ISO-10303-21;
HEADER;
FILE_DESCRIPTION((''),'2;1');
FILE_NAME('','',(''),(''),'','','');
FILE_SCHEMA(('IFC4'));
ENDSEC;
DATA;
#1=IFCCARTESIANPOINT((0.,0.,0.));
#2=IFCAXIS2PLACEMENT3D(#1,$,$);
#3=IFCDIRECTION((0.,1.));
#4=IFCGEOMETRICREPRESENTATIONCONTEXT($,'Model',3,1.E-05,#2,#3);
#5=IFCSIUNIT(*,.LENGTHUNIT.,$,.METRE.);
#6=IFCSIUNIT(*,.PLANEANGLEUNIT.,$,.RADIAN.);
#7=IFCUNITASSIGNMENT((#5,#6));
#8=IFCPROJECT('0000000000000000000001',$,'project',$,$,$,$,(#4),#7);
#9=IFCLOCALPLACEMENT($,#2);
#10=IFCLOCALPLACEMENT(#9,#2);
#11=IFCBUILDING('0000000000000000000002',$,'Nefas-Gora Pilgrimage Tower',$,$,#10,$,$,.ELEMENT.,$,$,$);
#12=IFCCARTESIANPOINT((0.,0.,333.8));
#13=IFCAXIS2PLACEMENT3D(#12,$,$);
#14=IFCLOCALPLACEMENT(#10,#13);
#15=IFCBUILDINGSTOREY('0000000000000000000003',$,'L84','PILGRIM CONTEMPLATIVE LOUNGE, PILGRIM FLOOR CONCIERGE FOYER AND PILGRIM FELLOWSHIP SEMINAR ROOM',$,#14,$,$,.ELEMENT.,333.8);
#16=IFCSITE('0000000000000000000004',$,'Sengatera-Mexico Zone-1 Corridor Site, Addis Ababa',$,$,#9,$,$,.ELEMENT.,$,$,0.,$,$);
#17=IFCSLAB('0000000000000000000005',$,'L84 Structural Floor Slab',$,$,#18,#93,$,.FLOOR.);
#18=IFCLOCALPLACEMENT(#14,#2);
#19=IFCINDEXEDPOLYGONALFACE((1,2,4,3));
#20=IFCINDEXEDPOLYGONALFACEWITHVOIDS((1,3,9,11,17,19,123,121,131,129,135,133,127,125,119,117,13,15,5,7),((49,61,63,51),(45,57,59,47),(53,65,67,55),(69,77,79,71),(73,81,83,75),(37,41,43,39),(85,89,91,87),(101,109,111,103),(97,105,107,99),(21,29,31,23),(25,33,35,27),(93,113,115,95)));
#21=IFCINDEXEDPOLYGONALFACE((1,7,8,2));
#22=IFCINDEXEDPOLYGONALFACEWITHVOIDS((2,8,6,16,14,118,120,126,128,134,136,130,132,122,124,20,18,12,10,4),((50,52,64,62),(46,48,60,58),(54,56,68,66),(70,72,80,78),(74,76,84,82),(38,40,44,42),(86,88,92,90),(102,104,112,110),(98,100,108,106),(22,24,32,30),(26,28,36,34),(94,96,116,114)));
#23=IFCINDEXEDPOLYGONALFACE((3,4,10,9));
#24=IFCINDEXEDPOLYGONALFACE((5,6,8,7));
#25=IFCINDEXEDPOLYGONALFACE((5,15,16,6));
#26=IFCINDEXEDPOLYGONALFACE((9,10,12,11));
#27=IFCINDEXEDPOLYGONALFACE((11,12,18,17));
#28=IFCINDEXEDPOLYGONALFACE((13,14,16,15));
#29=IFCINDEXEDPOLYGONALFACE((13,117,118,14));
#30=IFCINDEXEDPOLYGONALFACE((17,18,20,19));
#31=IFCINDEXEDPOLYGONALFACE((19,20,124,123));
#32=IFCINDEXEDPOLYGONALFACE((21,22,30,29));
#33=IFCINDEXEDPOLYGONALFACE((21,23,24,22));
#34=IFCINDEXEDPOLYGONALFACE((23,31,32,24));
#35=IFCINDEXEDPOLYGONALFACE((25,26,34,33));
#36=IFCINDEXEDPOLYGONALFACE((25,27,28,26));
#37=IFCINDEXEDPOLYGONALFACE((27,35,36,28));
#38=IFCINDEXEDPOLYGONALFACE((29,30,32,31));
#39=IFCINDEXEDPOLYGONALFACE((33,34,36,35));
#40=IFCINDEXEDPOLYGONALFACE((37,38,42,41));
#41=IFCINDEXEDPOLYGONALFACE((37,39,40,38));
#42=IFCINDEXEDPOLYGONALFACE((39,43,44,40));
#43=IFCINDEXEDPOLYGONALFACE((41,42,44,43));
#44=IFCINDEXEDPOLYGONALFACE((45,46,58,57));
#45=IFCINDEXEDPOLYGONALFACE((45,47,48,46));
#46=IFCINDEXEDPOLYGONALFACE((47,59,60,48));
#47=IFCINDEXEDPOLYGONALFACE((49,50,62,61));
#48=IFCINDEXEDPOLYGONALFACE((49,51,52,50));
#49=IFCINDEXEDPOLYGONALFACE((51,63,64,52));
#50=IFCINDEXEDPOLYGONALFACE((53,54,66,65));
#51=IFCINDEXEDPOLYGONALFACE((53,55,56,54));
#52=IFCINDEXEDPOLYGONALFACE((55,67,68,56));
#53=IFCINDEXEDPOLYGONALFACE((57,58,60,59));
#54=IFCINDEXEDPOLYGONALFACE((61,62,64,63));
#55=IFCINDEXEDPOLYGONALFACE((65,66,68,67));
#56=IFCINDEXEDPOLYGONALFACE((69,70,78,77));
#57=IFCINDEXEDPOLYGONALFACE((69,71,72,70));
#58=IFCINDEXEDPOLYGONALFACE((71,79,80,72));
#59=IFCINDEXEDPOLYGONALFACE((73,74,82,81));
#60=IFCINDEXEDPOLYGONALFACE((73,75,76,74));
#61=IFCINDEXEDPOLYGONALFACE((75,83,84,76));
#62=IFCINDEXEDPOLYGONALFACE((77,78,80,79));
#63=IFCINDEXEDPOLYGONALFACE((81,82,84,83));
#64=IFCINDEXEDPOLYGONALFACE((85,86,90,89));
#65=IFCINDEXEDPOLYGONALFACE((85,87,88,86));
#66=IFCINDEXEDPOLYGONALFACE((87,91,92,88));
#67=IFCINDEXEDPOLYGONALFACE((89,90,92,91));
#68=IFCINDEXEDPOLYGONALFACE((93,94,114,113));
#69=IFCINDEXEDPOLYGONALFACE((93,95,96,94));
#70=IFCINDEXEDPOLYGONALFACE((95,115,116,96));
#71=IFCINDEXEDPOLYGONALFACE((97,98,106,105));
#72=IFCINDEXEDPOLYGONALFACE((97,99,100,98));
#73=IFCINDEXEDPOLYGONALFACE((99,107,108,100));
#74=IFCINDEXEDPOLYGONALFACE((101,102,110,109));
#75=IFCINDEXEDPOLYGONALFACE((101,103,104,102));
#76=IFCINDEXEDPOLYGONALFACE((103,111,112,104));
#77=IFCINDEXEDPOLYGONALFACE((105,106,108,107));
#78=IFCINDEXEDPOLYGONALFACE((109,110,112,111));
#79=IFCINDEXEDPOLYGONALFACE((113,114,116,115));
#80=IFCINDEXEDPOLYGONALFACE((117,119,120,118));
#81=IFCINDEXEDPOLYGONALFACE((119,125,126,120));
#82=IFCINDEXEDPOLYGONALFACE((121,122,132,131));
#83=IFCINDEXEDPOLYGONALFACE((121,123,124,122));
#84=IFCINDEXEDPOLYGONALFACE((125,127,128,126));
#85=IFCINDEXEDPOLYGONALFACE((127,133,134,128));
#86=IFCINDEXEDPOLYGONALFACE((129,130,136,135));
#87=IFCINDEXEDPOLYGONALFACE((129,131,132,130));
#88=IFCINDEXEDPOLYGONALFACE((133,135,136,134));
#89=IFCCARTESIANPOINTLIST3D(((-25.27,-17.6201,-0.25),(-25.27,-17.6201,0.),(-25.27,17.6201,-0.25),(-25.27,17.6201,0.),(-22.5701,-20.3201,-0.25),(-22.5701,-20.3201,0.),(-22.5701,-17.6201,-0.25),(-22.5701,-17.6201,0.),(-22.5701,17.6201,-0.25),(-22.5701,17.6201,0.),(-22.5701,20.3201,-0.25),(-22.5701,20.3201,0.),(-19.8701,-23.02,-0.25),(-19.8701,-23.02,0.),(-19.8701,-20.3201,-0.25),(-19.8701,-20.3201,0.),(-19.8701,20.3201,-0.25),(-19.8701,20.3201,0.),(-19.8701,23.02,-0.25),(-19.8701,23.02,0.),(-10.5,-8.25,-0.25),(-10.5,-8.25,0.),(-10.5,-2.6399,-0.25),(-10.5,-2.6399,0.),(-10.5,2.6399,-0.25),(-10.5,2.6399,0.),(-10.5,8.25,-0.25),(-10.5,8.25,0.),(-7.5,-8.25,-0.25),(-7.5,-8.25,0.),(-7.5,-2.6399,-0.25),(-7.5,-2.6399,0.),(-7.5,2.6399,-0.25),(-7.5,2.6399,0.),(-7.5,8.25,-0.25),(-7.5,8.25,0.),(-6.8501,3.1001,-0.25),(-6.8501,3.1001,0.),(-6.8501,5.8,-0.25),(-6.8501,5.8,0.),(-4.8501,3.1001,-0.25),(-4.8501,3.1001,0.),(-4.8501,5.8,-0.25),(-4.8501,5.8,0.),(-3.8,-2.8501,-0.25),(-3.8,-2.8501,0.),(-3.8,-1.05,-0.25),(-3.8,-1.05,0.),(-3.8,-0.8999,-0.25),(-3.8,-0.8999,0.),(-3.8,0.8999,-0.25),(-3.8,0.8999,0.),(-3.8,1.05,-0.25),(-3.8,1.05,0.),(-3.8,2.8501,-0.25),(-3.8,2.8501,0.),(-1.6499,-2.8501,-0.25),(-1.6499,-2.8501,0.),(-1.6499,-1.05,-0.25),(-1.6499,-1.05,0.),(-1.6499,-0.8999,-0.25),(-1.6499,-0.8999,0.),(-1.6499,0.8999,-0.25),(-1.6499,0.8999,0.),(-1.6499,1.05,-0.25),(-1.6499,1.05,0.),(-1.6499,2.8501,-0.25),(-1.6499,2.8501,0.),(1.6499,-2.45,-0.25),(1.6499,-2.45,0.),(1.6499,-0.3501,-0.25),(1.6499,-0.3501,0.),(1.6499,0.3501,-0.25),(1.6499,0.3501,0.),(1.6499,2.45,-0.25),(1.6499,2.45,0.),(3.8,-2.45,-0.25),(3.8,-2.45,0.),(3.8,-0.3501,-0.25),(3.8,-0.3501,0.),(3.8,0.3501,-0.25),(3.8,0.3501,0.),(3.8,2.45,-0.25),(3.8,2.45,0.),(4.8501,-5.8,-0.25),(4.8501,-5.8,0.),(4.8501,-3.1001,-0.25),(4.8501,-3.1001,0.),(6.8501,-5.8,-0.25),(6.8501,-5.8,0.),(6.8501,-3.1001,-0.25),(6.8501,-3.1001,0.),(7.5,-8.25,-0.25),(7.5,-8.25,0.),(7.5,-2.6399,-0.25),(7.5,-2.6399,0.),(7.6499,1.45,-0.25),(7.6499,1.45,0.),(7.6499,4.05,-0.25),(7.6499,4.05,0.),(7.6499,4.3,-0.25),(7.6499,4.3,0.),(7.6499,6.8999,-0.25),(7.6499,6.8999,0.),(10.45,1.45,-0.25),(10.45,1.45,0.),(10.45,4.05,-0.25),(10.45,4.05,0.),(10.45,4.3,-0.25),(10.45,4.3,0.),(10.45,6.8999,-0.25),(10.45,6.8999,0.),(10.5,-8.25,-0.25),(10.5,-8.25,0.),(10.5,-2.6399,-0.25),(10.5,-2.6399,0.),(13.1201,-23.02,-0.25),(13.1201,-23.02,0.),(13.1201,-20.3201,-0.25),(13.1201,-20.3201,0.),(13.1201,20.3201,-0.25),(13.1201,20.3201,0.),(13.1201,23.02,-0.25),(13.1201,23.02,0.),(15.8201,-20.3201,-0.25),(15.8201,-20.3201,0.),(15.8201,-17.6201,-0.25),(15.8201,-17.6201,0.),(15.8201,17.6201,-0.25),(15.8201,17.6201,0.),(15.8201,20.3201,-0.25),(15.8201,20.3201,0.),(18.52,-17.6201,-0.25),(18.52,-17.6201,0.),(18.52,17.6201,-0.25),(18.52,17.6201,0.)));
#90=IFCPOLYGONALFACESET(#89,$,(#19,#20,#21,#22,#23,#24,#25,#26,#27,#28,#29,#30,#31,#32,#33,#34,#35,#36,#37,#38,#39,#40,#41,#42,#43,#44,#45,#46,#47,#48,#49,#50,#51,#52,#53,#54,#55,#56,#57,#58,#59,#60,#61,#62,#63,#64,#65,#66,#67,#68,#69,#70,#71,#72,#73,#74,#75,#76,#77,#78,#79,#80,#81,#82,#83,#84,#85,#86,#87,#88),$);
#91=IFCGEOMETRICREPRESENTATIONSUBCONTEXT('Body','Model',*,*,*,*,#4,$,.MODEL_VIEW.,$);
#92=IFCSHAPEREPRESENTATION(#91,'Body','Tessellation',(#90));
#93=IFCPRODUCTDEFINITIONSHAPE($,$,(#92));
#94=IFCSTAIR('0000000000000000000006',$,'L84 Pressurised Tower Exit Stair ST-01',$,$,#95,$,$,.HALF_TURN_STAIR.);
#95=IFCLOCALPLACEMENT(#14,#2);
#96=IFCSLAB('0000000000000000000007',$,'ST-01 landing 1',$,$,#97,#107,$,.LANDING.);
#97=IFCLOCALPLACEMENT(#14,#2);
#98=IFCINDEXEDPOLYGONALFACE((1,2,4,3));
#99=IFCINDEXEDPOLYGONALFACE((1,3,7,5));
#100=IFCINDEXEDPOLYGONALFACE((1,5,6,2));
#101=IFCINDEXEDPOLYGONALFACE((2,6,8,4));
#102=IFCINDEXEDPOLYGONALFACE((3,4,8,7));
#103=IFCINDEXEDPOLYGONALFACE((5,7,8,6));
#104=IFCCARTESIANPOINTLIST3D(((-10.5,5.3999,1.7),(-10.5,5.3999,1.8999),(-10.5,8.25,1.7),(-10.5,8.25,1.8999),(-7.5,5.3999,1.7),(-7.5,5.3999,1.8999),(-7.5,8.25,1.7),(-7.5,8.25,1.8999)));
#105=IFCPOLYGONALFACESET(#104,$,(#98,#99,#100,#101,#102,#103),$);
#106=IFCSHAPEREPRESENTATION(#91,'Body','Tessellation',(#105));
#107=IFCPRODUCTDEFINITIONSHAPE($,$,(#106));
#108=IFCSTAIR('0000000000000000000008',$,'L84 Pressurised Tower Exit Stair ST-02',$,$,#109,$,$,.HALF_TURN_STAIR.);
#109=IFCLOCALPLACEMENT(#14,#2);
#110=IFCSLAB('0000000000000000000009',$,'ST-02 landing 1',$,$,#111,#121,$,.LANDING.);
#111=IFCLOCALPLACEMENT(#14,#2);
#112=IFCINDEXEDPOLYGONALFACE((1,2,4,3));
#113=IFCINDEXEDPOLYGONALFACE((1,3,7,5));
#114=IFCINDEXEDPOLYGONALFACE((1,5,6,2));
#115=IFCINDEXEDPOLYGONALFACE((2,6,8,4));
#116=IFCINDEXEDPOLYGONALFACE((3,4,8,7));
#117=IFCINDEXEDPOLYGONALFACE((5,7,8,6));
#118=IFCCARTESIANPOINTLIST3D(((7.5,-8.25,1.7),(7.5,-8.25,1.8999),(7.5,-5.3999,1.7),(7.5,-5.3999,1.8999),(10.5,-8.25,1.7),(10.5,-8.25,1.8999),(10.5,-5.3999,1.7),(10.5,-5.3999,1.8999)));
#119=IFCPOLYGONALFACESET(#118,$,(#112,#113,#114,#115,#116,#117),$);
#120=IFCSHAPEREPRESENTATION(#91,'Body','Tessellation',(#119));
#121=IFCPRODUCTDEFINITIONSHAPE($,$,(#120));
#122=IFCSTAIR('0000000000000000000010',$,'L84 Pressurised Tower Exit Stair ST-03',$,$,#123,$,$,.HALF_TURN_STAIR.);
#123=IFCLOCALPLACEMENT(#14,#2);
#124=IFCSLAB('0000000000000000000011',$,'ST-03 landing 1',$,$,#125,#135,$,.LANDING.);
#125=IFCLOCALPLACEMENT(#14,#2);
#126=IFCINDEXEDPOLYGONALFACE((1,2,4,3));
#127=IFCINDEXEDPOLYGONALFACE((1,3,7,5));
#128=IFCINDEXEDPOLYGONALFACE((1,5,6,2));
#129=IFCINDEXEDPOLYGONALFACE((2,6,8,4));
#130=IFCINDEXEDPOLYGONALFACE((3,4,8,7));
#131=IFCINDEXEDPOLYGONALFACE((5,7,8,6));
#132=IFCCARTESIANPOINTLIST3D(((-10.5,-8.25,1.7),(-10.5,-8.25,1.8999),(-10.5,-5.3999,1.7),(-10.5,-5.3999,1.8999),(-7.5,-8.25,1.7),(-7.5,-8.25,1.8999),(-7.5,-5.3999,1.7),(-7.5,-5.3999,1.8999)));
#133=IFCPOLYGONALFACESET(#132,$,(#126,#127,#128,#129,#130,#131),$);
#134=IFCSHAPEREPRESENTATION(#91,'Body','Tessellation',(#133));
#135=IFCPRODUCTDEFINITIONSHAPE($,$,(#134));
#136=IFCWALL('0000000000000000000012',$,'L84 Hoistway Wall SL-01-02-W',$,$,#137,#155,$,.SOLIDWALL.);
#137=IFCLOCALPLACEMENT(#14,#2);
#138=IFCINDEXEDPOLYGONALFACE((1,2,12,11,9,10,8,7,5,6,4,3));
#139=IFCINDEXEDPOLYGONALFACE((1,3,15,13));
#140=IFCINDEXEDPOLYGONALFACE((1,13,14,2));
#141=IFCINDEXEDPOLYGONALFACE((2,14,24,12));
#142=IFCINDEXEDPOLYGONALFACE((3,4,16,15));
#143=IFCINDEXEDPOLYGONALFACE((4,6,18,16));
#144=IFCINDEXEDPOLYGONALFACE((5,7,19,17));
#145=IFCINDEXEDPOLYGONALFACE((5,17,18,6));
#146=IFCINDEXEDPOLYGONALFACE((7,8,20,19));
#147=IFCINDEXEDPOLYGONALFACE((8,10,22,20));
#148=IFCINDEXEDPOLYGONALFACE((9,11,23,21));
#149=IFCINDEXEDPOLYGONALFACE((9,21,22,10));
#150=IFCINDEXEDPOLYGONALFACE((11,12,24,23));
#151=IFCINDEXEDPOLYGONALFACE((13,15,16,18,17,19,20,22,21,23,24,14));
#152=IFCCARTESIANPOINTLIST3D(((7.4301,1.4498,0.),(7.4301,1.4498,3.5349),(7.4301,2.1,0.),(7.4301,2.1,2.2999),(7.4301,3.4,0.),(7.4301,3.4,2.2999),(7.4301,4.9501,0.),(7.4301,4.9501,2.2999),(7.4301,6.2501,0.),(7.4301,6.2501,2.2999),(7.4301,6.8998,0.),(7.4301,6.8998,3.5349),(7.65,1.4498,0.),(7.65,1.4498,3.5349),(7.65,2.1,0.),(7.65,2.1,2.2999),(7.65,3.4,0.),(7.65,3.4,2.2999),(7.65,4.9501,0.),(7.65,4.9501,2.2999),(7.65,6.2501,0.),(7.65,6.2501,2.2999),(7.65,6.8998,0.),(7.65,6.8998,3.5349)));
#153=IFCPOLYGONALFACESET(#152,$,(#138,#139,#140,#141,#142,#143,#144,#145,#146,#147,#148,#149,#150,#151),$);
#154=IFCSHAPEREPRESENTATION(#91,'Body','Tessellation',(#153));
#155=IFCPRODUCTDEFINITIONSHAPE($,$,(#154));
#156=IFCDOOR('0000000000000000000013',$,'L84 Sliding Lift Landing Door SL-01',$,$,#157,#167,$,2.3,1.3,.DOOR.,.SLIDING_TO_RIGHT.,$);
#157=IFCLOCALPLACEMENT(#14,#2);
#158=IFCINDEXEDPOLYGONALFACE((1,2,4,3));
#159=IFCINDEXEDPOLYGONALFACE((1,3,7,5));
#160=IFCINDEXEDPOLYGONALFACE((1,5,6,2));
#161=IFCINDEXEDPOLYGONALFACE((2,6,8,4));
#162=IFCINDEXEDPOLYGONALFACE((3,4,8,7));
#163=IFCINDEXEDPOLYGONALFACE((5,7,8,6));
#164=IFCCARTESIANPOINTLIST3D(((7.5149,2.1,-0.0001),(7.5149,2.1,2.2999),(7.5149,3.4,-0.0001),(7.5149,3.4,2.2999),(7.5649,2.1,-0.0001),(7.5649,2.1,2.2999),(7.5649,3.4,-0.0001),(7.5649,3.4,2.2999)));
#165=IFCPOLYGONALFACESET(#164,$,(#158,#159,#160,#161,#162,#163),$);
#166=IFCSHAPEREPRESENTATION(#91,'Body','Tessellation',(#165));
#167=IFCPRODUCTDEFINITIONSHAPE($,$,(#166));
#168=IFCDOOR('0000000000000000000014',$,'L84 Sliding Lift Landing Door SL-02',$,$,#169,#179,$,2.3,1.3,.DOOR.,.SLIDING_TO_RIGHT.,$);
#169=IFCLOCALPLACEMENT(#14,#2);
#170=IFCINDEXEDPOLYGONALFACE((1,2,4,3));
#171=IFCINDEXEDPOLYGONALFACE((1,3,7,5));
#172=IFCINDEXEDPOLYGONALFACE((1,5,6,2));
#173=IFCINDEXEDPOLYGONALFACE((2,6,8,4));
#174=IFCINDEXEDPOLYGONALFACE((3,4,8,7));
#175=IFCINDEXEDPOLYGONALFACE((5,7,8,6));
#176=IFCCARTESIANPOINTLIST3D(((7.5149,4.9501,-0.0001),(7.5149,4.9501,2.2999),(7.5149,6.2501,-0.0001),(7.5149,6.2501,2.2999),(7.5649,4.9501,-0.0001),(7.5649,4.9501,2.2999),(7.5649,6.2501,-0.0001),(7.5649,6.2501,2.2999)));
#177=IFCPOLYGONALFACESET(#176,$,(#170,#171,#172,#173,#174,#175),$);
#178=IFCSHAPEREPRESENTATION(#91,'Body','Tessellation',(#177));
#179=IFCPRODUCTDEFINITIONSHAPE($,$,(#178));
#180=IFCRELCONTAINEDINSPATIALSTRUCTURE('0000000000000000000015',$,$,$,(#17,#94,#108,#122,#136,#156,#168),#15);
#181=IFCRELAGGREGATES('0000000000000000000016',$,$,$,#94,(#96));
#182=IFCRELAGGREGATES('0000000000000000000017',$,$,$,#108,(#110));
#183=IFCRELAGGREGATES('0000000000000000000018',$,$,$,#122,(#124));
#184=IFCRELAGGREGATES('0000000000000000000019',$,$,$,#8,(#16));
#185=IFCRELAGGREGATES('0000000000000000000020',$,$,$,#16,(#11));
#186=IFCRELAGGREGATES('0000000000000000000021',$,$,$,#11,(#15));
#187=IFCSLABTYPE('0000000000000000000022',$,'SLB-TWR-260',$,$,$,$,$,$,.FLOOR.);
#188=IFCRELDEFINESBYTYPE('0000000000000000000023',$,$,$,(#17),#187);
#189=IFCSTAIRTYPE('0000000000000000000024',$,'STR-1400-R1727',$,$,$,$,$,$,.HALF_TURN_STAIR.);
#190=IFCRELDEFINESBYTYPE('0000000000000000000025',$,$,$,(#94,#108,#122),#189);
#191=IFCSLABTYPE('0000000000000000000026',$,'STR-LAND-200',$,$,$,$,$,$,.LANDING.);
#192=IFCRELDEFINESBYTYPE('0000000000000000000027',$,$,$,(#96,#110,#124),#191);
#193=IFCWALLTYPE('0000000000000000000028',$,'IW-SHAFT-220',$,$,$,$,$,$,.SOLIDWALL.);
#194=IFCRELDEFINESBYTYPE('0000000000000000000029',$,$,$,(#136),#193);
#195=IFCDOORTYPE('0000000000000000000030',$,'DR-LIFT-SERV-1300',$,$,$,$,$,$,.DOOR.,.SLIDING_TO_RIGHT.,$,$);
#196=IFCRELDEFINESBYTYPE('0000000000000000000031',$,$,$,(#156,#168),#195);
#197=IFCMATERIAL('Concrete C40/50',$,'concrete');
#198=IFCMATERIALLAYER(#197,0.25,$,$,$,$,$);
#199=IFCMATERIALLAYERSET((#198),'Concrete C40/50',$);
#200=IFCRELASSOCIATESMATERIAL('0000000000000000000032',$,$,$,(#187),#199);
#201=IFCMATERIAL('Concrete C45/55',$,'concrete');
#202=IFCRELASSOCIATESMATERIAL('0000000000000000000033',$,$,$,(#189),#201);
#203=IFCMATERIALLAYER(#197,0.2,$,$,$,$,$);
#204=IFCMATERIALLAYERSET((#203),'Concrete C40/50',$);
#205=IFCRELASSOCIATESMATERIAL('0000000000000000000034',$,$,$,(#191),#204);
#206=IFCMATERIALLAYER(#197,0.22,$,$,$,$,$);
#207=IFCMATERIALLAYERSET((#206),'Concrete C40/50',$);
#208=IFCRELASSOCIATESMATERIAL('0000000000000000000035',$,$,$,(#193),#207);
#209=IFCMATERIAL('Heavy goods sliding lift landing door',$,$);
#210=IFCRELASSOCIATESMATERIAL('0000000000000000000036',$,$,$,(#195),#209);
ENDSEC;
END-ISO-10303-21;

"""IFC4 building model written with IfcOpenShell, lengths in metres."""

from ifc_helpers import new_model, si_unit, direction, frame, frame_2d, origin, place, context, subcontext, project, spatial, polyline, rectangle, outline, extrude, source, transform, mapped, material, layer, layer_set, type_object, element, fill, aggregate, save


model = new_model("IFC4")

# Units and contexts
model_context = context("Model", 3, precision=1e-05, world=origin(), true_north=direction((0.0, 1.0)))
body_context = subcontext(model_context, "Body", "Model", "MODEL_VIEW")
ifc_project = project(units=[si_unit("LENGTHUNIT", "METRE"), si_unit("PLANEANGLEUNIT", "RADIAN")], contexts=[model_context])

# Site, building, storey
site_placement = place(None, origin())
site = spatial("IfcSite", under=ifc_project, at=site_placement, Name="Sengatera-Mexico Zone-1 Corridor Site, Addis Ababa", CompositionType="ELEMENT", RefElevation=0.0)
building_placement = place(site_placement, origin())
building = spatial("IfcBuilding", under=site, at=building_placement, Name="Nefas-Gora Pilgrimage Tower", CompositionType="ELEMENT")
storey_placement = place(building_placement, frame((0.0, 0.0, 333.8)))
storey = spatial("IfcBuildingStorey", under=building, at=storey_placement, Name="L84", Description="PILGRIM CONTEMPLATIVE LOUNGE, PILGRIM FLOOR CONCIERGE FOYER AND PILGRIM FELLOWSHIP SEMINAR ROOM", CompositionType="ELEMENT", Elevation=333.8)

# Slab
ifc_material_1 = material(Name="Concrete C40/50", Category="concrete")
ifc_layer_1 = layer(ifc_material_1, 0.25)
ifc_layer_set_1 = layer_set([ifc_layer_1], Name="Concrete C40/50")
slab_type_1 = type_object("IfcSlabType", Name="SLB-TWR-260", PredefinedType="FLOOR", material=ifc_layer_set_1)
slab_1_placement = place(storey_placement, frame((0.0, 0.0, -0.25)))
element("IfcSlab", 1, at=slab_1_placement, inside=storey, type_object=slab_type_1, Name="L84 Structural Floor Slab", PredefinedType="FLOOR", context=body_context, shape_type="SweptSolid", body=[
    extrude(outline(polyline([(18.52, 17.6201), (15.8201, 17.6201), (15.8201, 20.3201), (13.1201, 20.3201), (13.1201, 23.02), (-19.8701, 23.02), (-19.8701, 20.3201), (-22.5701, 20.3201), (-22.5701, 17.6201), (-25.27, 17.6201), (-25.27, -17.6201), (-22.5701, -17.6201), (-22.5701, -20.3201), (-19.8701, -20.3201), (-19.8701, -23.02), (13.1201, -23.02), (13.1201, -20.3201), (15.8201, -20.3201), (15.8201, -17.6201), (18.52, -17.6201), (18.52, 17.6201)]), holes=[polyline([(-10.5, 2.6399), (-10.5, 8.25), (-7.5, 8.25), (-7.5, 2.6399), (-10.5, 2.6399)]), polyline([(10.5, -2.6399), (10.5, -8.25), (7.5, -8.25), (7.5, -2.6399), (10.5, -2.6399)]), polyline([(-7.5, -2.6399), (-7.5, -8.25), (-10.5, -8.25), (-10.5, -2.6399), (-7.5, -2.6399)]), polyline([(-6.8501, 5.8), (-4.8501, 5.8), (-4.8501, 3.1001), (-6.8501, 3.1001), (-6.8501, 5.8)]), polyline([(4.8501, -3.1001), (6.8501, -3.1001), (6.8501, -5.8), (4.8501, -5.8), (4.8501, -3.1001)]), polyline([(7.6499, 4.05), (10.45, 4.05), (10.45, 1.45), (7.6499, 1.45), (7.6499, 4.05)]), polyline([(7.6499, 6.8999), (10.45, 6.8999), (10.45, 4.3), (7.6499, 4.3), (7.6499, 6.8999)]), polyline([(-3.8, -1.05), (-1.6499, -1.05), (-1.6499, -2.8501), (-3.8, -2.8501), (-3.8, -1.05)]), polyline([(-3.8, 0.8999), (-1.6499, 0.8999), (-1.6499, -0.8999), (-3.8, -0.8999), (-3.8, 0.8999)]), polyline([(-3.8, 2.8501), (-1.6499, 2.8501), (-1.6499, 1.05), (-3.8, 1.05), (-3.8, 2.8501)]), polyline([(1.6499, -0.3501), (3.8, -0.3501), (3.8, -2.45), (1.6499, -2.45), (1.6499, -0.3501)]), polyline([(1.6499, 2.45), (3.8, 2.45), (3.8, 0.3501), (1.6499, 0.3501), (1.6499, 2.45)])]), origin(), (0.0, 0.0, 1.0), 0.25),
])

# Stairs, slabs
ifc_material_2 = material(Name="Concrete C45/55", Category="concrete")
stair_type = type_object("IfcStairType", Name="STR-1400-R1727", PredefinedType="HALF_TURN_STAIR", material=ifc_material_2)
stair_1_placement = place(storey_placement, origin())
stair_1 = element("IfcStair", 2, at=stair_1_placement, inside=storey, type_object=stair_type, Name="L84 Pressurised Tower Exit Stair ST-01", PredefinedType="HALF_TURN_STAIR")
ifc_layer_2 = layer(ifc_material_1, 0.2)
ifc_layer_set_2 = layer_set([ifc_layer_2], Name="Concrete C40/50")
slab_type_2 = type_object("IfcSlabType", Name="STR-LAND-200", PredefinedType="LANDING", material=ifc_layer_set_2)
slab_2_placement = place(storey_placement, frame((0.0, 0.0, 1.7)))
slab_2 = element("IfcSlab", 3, at=slab_2_placement, type_object=slab_type_2, Name="ST-01 landing 1", PredefinedType="LANDING", context=body_context, shape_type="SweptSolid", body=[
    extrude(outline(polyline([(-7.5, 5.3999), (-7.5, 8.25), (-10.5, 8.25), (-10.5, 5.3999), (-7.5, 5.3999)])), origin(), (0.0, 0.0, 1.0), 0.2),
])
aggregate(stair_1, [slab_2])
stair_2_placement = place(storey_placement, origin())
stair_2 = element("IfcStair", 4, at=stair_2_placement, inside=storey, type_object=stair_type, Name="L84 Pressurised Tower Exit Stair ST-02", PredefinedType="HALF_TURN_STAIR")
slab_3_placement = place(storey_placement, frame((0.0, 0.0, 1.7)))
slab_3 = element("IfcSlab", 5, at=slab_3_placement, type_object=slab_type_2, Name="ST-02 landing 1", PredefinedType="LANDING", context=body_context, shape_type="SweptSolid", body=[
    extrude(outline(polyline([(7.5, -5.3999), (7.5, -8.25), (10.5, -8.25), (10.5, -5.3999), (7.5, -5.3999)])), origin(), (0.0, 0.0, 1.0), 0.2),
])
aggregate(stair_2, [slab_3])
stair_3_placement = place(storey_placement, origin())
stair_3 = element("IfcStair", 6, at=stair_3_placement, inside=storey, type_object=stair_type, Name="L84 Pressurised Tower Exit Stair ST-03", PredefinedType="HALF_TURN_STAIR")
slab_4_placement = place(storey_placement, frame((0.0, 0.0, 1.7)))
slab_4 = element("IfcSlab", 7, at=slab_4_placement, type_object=slab_type_2, Name="ST-03 landing 1", PredefinedType="LANDING", context=body_context, shape_type="SweptSolid", body=[
    extrude(outline(polyline([(-10.5, -5.3999), (-10.5, -8.25), (-7.5, -8.25), (-7.5, -5.3999), (-10.5, -5.3999)])), origin(), (0.0, 0.0, 1.0), 0.2),
])
aggregate(stair_3, [slab_4])

# Wall, openings, doors
ifc_layer_3 = layer(ifc_material_1, 0.22)
ifc_layer_set_3 = layer_set([ifc_layer_3], Name="Concrete C40/50")
wall_type_1 = type_object("IfcWallType", Name="IW-SHAFT-220", PredefinedType="SOLIDWALL", material=ifc_layer_set_3)
shared_shape_1 = source(origin(), body_context, "Body", "SweptSolid", [
    extrude(rectangle(XDim=5.45, YDim=0.22, at=frame_2d((2.7251, 0.0))), origin(), (0.0, 0.0, 1.0), 3.5349),
])
wall_1_placement = place(storey_placement, frame((7.54, 6.8999, 0.0), z_axis=(0.0, 0.0, 1.0), x_axis=(0.0, -1.0, 0.0)))
wall_1 = element("IfcWall", 8, at=wall_1_placement, inside=storey, type_object=wall_type_1, Name="L84 Hoistway Wall SL-01-02-W", PredefinedType="SOLIDWALL", context=body_context, shape_type="MappedRepresentation", body=[
    mapped(shared_shape_1, transform((0.0, 0.0, 0.0), x_axis=(1.0, 0.0, 0.0), y_axis=(0.0, 1.0, 0.0), z_axis=(0.0, 0.0, 1.0), scale=1.0)),
])
opening_1_placement = place(wall_1_placement, frame((3.5, 0.0, 0.0)))
opening_1 = element("IfcOpeningElement", 9, at=opening_1_placement, cuts=wall_1, PredefinedType="OPENING", context=body_context, shape_type="SweptSolid", body=[
    extrude(rectangle(XDim=1.3, YDim=2.3, at=frame_2d((0.6499, 1.1499))), frame((0.0, 0.1199, 0.0), z_axis=(0.0, -1.0, 0.0), x_axis=(1.0, 0.0, 0.0)), (0.0, 0.0, 1.0), 0.24),
])
opening_2_placement = place(wall_1_placement, frame((0.6499, 0.0, 0.0)))
opening_2 = element("IfcOpeningElement", 10, at=opening_2_placement, cuts=wall_1, PredefinedType="OPENING", context=body_context, shape_type="SweptSolid", body=[
    extrude(rectangle(XDim=1.3, YDim=2.3, at=frame_2d((0.6499, 1.1499))), frame((0.0, 0.1199, 0.0), z_axis=(0.0, -1.0, 0.0), x_axis=(1.0, 0.0, 0.0)), (0.0, 0.0, 1.0), 0.24),
])
ifc_material_3 = material(Name="Heavy goods sliding lift landing door")
door_type_1 = type_object("IfcDoorType", Name="DR-LIFT-SERV-1300", OperationType="SLIDING_TO_RIGHT", PredefinedType="DOOR", material=ifc_material_3)
shared_shape_2 = source(origin(), body_context, "Body", "SweptSolid", [
    extrude(rectangle(XDim=1.3, YDim=2.3, at=frame_2d((0.6499, 1.1499))), frame((0.0, 0.0249, 0.0), z_axis=(0.0, -1.0, 0.0), x_axis=(1.0, 0.0, 0.0)), (0.0, 0.0, 1.0), 0.05),
])
door_1_placement = place(opening_1_placement, origin())
door_1 = element("IfcDoor", 11, at=door_1_placement, inside=storey, type_object=door_type_1, Name="L84 Sliding Lift Landing Door SL-01", OperationType="SLIDING_TO_RIGHT", OverallHeight=2.3, OverallWidth=1.3, PredefinedType="DOOR", context=body_context, shape_type="MappedRepresentation", body=[
    mapped(shared_shape_2, transform((0.0, 0.0, 0.0), x_axis=(1.0, 0.0, 0.0), y_axis=(0.0, 1.0, 0.0), z_axis=(0.0, 0.0, 1.0), scale=1.0)),
])
fill(opening_1, door_1)
door_2_placement = place(opening_2_placement, origin())
door_2 = element("IfcDoor", 12, at=door_2_placement, inside=storey, type_object=door_type_1, Name="L84 Sliding Lift Landing Door SL-02", OperationType="SLIDING_TO_RIGHT", OverallHeight=2.3, OverallWidth=1.3, PredefinedType="DOOR", context=body_context, shape_type="MappedRepresentation", body=[
    mapped(shared_shape_2, transform((0.0, 0.0, 0.0), x_axis=(1.0, 0.0, 0.0), y_axis=(0.0, 1.0, 0.0), z_axis=(0.0, 0.0, 1.0), scale=1.0)),
])
fill(opening_2, door_2)

save(model, "model.ifc")
